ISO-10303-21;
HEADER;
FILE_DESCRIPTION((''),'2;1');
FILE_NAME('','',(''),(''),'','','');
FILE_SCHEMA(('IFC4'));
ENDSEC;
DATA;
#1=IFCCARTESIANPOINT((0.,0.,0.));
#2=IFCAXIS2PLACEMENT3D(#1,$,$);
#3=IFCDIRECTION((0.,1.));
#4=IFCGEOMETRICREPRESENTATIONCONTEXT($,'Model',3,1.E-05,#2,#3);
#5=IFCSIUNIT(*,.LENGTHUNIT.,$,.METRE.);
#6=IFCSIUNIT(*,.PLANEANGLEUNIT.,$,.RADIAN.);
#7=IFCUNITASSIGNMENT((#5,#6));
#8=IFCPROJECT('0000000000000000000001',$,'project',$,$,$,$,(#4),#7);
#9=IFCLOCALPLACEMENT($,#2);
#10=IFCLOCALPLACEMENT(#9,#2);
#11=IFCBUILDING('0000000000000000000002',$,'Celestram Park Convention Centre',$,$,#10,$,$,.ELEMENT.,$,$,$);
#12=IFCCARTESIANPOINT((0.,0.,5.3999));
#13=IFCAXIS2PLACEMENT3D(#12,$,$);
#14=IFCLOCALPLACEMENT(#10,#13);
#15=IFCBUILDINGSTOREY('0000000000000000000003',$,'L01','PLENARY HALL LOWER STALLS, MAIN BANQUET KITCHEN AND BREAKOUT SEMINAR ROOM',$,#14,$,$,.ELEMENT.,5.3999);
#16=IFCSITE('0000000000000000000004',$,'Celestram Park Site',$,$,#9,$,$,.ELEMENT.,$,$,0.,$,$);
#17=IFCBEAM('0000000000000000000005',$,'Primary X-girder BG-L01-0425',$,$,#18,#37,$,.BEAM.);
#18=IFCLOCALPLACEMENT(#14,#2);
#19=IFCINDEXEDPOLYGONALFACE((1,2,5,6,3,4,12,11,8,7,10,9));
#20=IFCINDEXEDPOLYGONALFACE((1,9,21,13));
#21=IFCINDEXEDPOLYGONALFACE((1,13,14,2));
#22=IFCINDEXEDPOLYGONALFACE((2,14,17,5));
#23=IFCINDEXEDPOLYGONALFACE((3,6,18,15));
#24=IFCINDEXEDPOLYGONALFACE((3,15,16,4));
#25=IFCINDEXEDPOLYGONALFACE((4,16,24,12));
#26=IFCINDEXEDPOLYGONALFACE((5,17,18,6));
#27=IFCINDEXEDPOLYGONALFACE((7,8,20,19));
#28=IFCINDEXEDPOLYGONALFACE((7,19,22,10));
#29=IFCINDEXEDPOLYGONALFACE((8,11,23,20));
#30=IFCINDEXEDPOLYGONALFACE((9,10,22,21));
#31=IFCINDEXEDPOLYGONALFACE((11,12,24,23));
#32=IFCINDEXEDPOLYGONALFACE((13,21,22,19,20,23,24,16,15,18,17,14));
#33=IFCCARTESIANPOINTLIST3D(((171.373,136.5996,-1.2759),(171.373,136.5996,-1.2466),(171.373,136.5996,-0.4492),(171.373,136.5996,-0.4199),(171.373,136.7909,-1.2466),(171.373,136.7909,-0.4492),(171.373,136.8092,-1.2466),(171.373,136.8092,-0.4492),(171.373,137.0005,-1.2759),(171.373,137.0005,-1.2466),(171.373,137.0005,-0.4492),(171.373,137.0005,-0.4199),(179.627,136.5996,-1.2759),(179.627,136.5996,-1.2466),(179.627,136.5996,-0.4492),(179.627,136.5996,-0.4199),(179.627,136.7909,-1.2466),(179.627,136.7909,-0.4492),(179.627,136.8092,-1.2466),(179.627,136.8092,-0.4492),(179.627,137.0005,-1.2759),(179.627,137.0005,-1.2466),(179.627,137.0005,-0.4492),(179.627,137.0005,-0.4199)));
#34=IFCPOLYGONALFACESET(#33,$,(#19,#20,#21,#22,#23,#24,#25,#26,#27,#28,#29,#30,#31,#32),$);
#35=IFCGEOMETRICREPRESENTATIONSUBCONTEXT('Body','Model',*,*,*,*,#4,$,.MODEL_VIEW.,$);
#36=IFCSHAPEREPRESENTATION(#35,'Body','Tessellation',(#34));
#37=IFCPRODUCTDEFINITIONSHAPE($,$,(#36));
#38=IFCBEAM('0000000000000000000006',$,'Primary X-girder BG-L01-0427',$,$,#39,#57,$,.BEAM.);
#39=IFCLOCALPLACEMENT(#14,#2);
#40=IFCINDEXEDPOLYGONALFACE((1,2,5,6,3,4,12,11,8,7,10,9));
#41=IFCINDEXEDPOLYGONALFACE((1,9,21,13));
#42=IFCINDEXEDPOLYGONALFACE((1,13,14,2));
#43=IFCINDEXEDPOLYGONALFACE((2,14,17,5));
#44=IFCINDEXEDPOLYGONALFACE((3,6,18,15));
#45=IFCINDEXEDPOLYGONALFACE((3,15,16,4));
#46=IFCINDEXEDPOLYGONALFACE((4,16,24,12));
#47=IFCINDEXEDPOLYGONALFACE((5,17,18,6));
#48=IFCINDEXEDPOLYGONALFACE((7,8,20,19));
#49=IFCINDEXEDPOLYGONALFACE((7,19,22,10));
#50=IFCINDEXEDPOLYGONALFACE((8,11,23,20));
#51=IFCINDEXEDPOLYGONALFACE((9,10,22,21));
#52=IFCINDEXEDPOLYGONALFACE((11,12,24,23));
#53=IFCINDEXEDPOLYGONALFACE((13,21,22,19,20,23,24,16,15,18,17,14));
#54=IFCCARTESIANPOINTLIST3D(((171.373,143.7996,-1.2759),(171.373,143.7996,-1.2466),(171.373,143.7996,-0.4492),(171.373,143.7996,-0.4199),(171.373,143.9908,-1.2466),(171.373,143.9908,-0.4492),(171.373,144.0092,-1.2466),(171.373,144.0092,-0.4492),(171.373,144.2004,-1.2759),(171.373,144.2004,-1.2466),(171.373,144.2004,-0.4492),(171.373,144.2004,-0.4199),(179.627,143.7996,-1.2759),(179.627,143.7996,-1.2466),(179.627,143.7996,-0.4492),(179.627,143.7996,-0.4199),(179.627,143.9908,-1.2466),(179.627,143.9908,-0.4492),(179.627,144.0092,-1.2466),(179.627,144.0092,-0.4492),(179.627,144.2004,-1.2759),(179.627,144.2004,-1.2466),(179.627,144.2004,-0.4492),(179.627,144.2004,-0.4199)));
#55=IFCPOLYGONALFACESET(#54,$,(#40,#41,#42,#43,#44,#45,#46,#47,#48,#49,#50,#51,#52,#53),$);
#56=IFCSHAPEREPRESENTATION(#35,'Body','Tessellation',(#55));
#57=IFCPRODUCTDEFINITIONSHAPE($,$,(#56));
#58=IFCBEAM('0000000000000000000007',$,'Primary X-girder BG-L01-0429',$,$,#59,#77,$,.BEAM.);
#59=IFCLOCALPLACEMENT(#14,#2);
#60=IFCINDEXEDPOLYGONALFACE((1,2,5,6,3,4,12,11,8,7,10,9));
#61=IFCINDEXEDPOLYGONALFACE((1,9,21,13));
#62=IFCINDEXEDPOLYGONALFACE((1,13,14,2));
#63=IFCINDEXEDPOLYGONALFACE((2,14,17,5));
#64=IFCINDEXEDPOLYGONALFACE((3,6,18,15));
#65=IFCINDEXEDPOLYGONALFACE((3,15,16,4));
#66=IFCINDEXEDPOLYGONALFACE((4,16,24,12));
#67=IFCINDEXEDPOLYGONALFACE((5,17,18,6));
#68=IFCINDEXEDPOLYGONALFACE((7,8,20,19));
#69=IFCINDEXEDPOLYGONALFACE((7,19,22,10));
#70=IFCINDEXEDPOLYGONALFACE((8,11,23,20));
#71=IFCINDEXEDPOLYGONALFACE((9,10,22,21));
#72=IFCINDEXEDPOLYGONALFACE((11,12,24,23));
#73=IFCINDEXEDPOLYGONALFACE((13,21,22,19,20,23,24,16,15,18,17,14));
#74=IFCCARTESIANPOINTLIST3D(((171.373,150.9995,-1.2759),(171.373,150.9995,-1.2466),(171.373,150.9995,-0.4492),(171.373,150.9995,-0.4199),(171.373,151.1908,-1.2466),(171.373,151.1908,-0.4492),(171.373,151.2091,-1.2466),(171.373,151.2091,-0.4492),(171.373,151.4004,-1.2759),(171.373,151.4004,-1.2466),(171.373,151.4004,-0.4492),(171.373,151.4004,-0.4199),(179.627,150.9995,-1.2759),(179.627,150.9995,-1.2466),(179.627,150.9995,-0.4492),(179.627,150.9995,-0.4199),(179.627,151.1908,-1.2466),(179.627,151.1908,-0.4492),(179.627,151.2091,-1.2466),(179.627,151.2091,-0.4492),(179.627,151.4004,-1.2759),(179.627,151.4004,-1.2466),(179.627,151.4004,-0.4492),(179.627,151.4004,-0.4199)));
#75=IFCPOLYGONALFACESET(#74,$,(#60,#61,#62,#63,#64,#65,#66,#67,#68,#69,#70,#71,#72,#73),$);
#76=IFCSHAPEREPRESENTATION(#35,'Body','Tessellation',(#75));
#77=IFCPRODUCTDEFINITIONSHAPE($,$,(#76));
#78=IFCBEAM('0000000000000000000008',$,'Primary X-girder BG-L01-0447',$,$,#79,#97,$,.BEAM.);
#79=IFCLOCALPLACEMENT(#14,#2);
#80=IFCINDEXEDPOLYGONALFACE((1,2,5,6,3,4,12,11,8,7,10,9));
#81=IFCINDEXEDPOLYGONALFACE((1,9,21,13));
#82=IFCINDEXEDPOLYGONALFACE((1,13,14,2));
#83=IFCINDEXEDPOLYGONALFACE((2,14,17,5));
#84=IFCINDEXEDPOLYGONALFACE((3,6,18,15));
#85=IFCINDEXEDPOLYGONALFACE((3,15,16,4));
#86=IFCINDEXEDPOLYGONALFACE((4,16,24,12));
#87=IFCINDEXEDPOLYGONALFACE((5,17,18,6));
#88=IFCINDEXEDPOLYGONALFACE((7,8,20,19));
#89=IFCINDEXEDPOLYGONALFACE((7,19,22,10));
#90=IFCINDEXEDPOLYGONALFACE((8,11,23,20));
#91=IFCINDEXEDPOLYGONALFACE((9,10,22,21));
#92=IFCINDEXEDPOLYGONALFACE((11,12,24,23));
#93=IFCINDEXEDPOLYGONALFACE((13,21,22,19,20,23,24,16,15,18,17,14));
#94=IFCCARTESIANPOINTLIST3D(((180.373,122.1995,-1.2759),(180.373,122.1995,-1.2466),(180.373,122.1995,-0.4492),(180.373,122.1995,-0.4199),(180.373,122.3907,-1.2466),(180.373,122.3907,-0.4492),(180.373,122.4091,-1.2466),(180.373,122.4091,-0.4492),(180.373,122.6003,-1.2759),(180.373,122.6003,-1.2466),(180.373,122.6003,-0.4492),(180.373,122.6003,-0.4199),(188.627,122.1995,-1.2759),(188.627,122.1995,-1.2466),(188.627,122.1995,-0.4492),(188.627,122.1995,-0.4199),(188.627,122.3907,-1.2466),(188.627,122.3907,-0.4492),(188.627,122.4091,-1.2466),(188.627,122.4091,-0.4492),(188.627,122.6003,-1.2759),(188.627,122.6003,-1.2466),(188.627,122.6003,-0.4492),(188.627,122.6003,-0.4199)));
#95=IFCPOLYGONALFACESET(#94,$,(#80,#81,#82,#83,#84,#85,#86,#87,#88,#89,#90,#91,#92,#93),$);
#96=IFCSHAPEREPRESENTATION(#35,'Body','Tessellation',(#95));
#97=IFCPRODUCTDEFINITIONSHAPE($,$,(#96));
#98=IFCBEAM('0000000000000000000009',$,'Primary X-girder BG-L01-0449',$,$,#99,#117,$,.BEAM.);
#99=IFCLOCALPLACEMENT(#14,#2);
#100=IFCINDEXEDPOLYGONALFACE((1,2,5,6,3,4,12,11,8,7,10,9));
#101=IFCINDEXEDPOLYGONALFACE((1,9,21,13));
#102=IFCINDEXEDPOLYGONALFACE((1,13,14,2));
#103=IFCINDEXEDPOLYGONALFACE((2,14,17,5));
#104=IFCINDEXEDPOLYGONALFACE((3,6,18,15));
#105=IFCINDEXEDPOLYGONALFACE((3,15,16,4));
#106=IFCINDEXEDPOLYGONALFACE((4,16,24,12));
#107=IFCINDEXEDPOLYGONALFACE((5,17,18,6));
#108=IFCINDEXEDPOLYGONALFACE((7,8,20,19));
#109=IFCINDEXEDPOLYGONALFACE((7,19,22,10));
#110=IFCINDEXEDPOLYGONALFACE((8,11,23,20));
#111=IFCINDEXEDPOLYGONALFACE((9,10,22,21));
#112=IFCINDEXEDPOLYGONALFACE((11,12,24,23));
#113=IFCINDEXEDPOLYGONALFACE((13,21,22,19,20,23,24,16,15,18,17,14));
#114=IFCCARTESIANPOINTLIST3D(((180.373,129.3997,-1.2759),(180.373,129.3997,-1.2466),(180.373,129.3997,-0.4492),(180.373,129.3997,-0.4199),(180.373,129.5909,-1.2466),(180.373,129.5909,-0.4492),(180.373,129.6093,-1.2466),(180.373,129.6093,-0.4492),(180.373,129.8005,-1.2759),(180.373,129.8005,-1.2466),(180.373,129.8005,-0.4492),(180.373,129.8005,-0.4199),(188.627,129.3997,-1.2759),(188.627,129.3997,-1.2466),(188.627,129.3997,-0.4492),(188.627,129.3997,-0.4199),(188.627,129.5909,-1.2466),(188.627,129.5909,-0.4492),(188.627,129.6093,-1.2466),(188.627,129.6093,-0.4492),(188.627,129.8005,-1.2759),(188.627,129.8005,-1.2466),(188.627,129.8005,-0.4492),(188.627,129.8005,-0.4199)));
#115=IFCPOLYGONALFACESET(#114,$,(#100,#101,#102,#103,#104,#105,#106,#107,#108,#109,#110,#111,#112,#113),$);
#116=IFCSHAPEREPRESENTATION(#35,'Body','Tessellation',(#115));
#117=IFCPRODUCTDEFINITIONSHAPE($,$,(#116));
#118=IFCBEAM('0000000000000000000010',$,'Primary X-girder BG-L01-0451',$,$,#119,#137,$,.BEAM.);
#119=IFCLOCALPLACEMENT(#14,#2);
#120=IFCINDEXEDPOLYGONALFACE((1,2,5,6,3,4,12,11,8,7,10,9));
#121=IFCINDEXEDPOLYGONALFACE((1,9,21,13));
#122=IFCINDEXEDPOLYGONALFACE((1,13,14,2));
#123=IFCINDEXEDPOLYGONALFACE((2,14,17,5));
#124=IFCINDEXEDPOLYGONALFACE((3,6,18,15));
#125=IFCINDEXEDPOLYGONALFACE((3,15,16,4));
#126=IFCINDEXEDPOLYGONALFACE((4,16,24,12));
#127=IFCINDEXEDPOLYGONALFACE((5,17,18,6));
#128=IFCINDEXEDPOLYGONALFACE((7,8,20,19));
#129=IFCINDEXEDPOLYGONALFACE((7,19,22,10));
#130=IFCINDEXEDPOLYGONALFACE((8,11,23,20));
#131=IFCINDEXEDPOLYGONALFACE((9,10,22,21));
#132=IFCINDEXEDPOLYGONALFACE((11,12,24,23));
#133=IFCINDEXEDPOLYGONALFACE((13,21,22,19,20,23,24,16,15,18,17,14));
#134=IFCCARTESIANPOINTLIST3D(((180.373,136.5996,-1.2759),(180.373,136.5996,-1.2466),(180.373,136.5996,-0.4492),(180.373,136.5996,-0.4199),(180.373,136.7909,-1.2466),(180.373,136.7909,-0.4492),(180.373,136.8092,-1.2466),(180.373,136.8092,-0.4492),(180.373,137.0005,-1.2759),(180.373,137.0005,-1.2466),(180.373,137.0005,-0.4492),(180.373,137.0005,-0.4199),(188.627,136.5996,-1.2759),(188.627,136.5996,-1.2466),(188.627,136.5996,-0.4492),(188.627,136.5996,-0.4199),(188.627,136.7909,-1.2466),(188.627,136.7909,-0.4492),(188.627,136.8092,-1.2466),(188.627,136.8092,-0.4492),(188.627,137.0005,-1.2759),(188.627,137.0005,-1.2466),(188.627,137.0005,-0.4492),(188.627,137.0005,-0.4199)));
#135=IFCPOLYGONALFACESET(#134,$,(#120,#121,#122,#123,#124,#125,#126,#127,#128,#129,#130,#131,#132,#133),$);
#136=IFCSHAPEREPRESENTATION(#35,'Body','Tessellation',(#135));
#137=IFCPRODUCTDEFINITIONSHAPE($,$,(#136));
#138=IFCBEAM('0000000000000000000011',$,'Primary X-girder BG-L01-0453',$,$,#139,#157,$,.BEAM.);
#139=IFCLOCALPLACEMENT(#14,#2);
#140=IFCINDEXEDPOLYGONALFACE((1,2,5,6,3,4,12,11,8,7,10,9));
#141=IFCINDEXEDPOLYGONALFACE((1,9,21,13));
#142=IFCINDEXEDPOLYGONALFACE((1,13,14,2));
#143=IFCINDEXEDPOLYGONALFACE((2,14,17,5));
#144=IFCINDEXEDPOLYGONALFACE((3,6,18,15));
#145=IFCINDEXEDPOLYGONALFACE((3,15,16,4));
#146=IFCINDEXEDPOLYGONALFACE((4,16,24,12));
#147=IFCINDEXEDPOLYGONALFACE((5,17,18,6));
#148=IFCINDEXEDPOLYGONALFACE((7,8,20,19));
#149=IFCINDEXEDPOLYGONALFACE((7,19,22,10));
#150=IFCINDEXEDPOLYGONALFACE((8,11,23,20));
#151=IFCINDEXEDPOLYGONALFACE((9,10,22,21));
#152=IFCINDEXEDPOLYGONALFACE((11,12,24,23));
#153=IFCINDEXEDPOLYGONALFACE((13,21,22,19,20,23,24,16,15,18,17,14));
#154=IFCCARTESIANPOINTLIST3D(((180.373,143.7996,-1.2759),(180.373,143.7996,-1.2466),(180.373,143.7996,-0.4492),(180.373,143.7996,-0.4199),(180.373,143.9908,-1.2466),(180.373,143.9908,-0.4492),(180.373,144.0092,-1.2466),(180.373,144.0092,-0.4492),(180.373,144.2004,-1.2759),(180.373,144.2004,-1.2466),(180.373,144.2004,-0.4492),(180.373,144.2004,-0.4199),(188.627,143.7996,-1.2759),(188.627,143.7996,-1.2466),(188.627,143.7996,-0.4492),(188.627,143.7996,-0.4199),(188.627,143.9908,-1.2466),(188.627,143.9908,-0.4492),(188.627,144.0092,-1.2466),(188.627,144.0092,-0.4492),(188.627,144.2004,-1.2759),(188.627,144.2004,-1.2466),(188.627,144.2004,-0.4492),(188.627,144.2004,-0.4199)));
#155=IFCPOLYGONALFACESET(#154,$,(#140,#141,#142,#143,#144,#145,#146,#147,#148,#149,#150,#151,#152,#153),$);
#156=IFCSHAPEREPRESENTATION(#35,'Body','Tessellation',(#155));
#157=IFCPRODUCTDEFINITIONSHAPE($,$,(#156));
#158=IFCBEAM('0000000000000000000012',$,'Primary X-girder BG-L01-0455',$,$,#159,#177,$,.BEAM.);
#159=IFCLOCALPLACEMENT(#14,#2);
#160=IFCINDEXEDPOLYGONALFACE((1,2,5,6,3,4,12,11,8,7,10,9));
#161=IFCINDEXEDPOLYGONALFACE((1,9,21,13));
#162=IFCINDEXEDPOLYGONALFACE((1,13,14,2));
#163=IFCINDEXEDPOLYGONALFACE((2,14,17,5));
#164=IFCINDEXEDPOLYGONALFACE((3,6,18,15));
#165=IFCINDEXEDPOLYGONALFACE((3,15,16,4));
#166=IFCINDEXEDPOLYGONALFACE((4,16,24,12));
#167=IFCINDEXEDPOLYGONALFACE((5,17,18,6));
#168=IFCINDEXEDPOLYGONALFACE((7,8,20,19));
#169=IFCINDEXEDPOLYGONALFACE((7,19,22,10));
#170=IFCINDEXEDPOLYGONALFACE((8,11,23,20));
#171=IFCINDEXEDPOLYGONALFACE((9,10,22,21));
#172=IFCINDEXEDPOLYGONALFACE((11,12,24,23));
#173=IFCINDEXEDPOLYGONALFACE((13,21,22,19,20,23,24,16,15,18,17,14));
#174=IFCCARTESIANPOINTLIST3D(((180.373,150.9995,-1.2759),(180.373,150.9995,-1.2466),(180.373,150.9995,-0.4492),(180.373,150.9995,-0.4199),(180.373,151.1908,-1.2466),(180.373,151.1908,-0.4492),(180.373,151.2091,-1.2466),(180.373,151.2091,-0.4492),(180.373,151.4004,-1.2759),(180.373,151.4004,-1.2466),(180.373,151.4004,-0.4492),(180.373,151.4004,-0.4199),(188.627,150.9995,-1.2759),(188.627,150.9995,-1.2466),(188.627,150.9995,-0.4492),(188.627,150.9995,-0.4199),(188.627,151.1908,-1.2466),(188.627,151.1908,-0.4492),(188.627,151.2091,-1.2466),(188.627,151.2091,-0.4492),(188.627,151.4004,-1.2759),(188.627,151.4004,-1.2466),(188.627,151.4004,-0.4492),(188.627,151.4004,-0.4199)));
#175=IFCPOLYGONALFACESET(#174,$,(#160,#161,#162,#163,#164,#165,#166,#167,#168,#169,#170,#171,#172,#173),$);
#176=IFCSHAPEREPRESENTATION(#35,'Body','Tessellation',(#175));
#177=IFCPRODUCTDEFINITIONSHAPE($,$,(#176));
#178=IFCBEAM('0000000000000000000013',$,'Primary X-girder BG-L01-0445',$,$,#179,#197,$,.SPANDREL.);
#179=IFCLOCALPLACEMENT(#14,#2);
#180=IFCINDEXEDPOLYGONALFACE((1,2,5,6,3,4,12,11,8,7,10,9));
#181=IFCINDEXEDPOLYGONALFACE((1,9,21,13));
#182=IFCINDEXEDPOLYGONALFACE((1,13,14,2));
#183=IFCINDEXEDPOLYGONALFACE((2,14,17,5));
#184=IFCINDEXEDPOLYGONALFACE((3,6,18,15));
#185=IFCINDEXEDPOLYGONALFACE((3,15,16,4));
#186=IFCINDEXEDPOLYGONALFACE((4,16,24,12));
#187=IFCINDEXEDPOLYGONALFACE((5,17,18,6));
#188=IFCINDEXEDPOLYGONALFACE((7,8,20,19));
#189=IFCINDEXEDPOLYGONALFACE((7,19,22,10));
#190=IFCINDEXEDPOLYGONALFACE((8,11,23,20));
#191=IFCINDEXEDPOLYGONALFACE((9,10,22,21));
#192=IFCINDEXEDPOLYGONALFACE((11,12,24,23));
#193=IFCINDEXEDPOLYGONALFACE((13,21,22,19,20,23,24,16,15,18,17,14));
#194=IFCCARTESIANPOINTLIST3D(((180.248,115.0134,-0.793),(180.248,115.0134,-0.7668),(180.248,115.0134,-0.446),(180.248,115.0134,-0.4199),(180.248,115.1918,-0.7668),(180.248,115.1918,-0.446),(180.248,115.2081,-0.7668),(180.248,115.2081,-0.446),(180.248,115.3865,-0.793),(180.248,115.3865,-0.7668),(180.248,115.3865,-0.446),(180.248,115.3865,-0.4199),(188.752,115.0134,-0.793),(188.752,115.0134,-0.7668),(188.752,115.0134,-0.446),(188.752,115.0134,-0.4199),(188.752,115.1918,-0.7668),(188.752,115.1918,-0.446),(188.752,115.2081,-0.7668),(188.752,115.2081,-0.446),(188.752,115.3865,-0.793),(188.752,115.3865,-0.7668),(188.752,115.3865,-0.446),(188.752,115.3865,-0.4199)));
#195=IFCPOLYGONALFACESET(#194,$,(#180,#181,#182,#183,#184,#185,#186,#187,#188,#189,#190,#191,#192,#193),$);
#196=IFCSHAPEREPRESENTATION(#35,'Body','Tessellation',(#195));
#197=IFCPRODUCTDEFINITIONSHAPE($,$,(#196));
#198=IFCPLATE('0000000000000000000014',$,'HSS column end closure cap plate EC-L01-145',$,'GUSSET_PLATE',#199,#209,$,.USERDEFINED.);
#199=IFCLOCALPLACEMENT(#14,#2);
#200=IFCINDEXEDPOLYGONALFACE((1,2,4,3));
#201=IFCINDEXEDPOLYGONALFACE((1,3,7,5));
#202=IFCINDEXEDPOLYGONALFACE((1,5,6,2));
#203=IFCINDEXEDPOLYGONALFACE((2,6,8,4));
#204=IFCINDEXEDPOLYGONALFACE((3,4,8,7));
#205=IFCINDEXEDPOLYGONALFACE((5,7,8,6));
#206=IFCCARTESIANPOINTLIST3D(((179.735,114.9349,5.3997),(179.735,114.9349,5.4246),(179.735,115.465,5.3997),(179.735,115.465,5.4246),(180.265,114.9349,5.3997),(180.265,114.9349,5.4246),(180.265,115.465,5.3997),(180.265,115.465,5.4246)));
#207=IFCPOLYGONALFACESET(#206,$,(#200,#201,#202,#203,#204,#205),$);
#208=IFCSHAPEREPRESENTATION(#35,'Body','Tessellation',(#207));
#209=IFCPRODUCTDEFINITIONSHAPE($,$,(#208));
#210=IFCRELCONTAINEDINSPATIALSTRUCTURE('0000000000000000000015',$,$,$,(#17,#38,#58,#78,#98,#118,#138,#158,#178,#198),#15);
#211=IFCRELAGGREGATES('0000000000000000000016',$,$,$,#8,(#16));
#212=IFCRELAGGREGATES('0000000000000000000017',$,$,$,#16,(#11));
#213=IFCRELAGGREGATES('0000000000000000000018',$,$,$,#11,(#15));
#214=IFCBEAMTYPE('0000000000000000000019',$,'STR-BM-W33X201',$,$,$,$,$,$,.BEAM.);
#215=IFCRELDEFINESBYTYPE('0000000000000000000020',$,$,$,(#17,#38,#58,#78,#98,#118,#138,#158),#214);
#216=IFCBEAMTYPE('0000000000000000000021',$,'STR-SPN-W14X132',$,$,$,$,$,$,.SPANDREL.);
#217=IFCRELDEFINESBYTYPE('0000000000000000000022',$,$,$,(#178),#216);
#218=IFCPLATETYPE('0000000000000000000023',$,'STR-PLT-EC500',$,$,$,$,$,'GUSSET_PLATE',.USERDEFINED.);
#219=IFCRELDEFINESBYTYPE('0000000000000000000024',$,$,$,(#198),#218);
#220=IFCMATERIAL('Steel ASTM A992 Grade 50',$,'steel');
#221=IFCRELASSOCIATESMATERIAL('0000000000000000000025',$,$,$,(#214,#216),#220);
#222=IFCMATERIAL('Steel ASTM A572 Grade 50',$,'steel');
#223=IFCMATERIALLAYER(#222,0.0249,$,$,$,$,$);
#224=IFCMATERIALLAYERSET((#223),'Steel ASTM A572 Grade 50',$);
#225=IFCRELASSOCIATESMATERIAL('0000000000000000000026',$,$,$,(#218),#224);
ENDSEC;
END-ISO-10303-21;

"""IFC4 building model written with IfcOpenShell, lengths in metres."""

from ifc_helpers import new_model, si_unit, direction, frame, origin, origin_2d, place, context, subcontext, project, spatial, rectangle, i_section, extrude, material, layer, layer_set, material_profile, profile_set, type_object, element, save


model = new_model("IFC4")

# Units and contexts
model_context = context("Model", 3, precision=1e-05, world=origin(), true_north=direction((0.0, 1.0)))
body_context = subcontext(model_context, "Body", "Model", "MODEL_VIEW")
ifc_project = project(units=[si_unit("LENGTHUNIT", "METRE"), si_unit("PLANEANGLEUNIT", "RADIAN")], contexts=[model_context])

# Site, building, storey
site_placement = place(None, origin())
site = spatial("IfcSite", under=ifc_project, at=site_placement, Name="Celestram Park Site", CompositionType="ELEMENT", RefElevation=0.0)
building_placement = place(site_placement, origin())
building = spatial("IfcBuilding", under=site, at=building_placement, Name="Celestram Park Convention Centre", CompositionType="ELEMENT")
storey_placement = place(building_placement, frame((0.0, 0.0, 5.3999)))
storey = spatial("IfcBuildingStorey", under=building, at=storey_placement, Name="L01", Description="PLENARY HALL LOWER STALLS, MAIN BANQUET KITCHEN AND BREAKOUT SEMINAR ROOM", CompositionType="ELEMENT", Elevation=5.3999)

# Beams
ifc_material_1 = material(Name="Steel ASTM A992 Grade 50", Category="steel")
ifc_material_profile_1 = material_profile(ifc_material_1, i_section(OverallWidth=0.4009, OverallDepth=0.856, WebThickness=0.0183, FlangeThickness=0.0293, at=origin_2d()), Name="W33X201")
ifc_profile_set_1 = profile_set([ifc_material_profile_1], Name="Steel ASTM A992 Grade 50")
beam_type_1 = type_object("IfcBeamType", Name="STR-BM-W33X201", PredefinedType="BEAM", material=ifc_profile_set_1)
for number, where, z_axis, x_axis, name in (
    (1, (171.373, 136.8, -0.8479), (1.0, 0.0, 0.0), (0.0, 1.0, 0.0), "Primary X-girder BG-L01-0425"),
    (2, (171.373, 144.0, -0.8479), (1.0, 0.0, 0.0), (0.0, 1.0, 0.0), "Primary X-girder BG-L01-0427"),
    (3, (171.373, 151.2, -0.8479), (1.0, 0.0, 0.0), (0.0, 1.0, 0.0), "Primary X-girder BG-L01-0429"),
    (4, (180.373, 122.3999, -0.8479), (1.0, 0.0, 0.0), (0.0, 1.0, 0.0), "Primary X-girder BG-L01-0447"),
    (5, (180.373, 129.6001, -0.8479), (1.0, 0.0, 0.0), (0.0, 1.0, 0.0), "Primary X-girder BG-L01-0449"),
    (6, (180.373, 136.8, -0.8479), (1.0, 0.0, 0.0), (0.0, 1.0, 0.0), "Primary X-girder BG-L01-0451"),
    (7, (180.373, 144.0, -0.8479), (1.0, 0.0, 0.0), (0.0, 1.0, 0.0), "Primary X-girder BG-L01-0453"),
    (8, (180.373, 151.2, -0.8479), (1.0, 0.0, 0.0), (0.0, 1.0, 0.0), "Primary X-girder BG-L01-0455"),
):
    element("IfcBeam", number, at=place(storey_placement, frame(where, z_axis=z_axis, x_axis=x_axis)), inside=storey, type_object=beam_type_1, Name=name, PredefinedType="BEAM", context=body_context, shape_type="SweptSolid", body=[
        extrude(i_section(OverallWidth=0.4009, OverallDepth=0.856, WebThickness=0.0183, FlangeThickness=0.0293, at=origin_2d()), origin(), (0.0, 0.0, 1.0), 8.2539),
    ])
ifc_material_profile_2 = material_profile(ifc_material_1, i_section(OverallWidth=0.373, OverallDepth=0.373, WebThickness=0.0164, FlangeThickness=0.0261, at=origin_2d()), Name="W14X132")
ifc_profile_set_2 = profile_set([ifc_material_profile_2], Name="Steel ASTM A992 Grade 50")
beam_type_2 = type_object("IfcBeamType", Name="STR-SPN-W14X132", PredefinedType="SPANDREL", material=ifc_profile_set_2)
beam_1_placement = place(storey_placement, frame((180.248, 115.2, -0.6064), z_axis=(1.0, 0.0, 0.0), x_axis=(0.0, 1.0, 0.0)))
element("IfcBeam", 9, at=beam_1_placement, inside=storey, type_object=beam_type_2, Name="Primary X-girder BG-L01-0445", PredefinedType="SPANDREL", context=body_context, shape_type="SweptSolid", body=[
    extrude(i_section(OverallWidth=0.373, OverallDepth=0.373, WebThickness=0.0164, FlangeThickness=0.0261, at=origin_2d()), origin(), (0.0, 0.0, 1.0), 8.5039),
])

# Plate
ifc_material_2 = material(Name="Steel ASTM A572 Grade 50", Category="steel")
ifc_layer_1 = layer(ifc_material_2, 0.0249)
ifc_layer_set_1 = layer_set([ifc_layer_1], Name="Steel ASTM A572 Grade 50")
plate_type = type_object("IfcPlateType", Name="STR-PLT-EC500", ElementType="GUSSET_PLATE", PredefinedType="USERDEFINED", material=ifc_layer_set_1)
plate_placement = place(storey_placement, frame((180.0, 115.2, 5.3997), z_axis=(0.0, 0.0, 1.0), x_axis=(1.0, 0.0, 0.0)))
element("IfcPlate", 10, at=plate_placement, inside=storey, type_object=plate_type, Name="HSS column end closure cap plate EC-L01-145", ObjectType="GUSSET_PLATE", PredefinedType="USERDEFINED", context=body_context, shape_type="SweptSolid", body=[
    extrude(rectangle(XDim=0.53, YDim=0.53, at=origin_2d()), origin(), (0.0, 0.0, 1.0), 0.0249),
])

save(model, "model.ifc")
